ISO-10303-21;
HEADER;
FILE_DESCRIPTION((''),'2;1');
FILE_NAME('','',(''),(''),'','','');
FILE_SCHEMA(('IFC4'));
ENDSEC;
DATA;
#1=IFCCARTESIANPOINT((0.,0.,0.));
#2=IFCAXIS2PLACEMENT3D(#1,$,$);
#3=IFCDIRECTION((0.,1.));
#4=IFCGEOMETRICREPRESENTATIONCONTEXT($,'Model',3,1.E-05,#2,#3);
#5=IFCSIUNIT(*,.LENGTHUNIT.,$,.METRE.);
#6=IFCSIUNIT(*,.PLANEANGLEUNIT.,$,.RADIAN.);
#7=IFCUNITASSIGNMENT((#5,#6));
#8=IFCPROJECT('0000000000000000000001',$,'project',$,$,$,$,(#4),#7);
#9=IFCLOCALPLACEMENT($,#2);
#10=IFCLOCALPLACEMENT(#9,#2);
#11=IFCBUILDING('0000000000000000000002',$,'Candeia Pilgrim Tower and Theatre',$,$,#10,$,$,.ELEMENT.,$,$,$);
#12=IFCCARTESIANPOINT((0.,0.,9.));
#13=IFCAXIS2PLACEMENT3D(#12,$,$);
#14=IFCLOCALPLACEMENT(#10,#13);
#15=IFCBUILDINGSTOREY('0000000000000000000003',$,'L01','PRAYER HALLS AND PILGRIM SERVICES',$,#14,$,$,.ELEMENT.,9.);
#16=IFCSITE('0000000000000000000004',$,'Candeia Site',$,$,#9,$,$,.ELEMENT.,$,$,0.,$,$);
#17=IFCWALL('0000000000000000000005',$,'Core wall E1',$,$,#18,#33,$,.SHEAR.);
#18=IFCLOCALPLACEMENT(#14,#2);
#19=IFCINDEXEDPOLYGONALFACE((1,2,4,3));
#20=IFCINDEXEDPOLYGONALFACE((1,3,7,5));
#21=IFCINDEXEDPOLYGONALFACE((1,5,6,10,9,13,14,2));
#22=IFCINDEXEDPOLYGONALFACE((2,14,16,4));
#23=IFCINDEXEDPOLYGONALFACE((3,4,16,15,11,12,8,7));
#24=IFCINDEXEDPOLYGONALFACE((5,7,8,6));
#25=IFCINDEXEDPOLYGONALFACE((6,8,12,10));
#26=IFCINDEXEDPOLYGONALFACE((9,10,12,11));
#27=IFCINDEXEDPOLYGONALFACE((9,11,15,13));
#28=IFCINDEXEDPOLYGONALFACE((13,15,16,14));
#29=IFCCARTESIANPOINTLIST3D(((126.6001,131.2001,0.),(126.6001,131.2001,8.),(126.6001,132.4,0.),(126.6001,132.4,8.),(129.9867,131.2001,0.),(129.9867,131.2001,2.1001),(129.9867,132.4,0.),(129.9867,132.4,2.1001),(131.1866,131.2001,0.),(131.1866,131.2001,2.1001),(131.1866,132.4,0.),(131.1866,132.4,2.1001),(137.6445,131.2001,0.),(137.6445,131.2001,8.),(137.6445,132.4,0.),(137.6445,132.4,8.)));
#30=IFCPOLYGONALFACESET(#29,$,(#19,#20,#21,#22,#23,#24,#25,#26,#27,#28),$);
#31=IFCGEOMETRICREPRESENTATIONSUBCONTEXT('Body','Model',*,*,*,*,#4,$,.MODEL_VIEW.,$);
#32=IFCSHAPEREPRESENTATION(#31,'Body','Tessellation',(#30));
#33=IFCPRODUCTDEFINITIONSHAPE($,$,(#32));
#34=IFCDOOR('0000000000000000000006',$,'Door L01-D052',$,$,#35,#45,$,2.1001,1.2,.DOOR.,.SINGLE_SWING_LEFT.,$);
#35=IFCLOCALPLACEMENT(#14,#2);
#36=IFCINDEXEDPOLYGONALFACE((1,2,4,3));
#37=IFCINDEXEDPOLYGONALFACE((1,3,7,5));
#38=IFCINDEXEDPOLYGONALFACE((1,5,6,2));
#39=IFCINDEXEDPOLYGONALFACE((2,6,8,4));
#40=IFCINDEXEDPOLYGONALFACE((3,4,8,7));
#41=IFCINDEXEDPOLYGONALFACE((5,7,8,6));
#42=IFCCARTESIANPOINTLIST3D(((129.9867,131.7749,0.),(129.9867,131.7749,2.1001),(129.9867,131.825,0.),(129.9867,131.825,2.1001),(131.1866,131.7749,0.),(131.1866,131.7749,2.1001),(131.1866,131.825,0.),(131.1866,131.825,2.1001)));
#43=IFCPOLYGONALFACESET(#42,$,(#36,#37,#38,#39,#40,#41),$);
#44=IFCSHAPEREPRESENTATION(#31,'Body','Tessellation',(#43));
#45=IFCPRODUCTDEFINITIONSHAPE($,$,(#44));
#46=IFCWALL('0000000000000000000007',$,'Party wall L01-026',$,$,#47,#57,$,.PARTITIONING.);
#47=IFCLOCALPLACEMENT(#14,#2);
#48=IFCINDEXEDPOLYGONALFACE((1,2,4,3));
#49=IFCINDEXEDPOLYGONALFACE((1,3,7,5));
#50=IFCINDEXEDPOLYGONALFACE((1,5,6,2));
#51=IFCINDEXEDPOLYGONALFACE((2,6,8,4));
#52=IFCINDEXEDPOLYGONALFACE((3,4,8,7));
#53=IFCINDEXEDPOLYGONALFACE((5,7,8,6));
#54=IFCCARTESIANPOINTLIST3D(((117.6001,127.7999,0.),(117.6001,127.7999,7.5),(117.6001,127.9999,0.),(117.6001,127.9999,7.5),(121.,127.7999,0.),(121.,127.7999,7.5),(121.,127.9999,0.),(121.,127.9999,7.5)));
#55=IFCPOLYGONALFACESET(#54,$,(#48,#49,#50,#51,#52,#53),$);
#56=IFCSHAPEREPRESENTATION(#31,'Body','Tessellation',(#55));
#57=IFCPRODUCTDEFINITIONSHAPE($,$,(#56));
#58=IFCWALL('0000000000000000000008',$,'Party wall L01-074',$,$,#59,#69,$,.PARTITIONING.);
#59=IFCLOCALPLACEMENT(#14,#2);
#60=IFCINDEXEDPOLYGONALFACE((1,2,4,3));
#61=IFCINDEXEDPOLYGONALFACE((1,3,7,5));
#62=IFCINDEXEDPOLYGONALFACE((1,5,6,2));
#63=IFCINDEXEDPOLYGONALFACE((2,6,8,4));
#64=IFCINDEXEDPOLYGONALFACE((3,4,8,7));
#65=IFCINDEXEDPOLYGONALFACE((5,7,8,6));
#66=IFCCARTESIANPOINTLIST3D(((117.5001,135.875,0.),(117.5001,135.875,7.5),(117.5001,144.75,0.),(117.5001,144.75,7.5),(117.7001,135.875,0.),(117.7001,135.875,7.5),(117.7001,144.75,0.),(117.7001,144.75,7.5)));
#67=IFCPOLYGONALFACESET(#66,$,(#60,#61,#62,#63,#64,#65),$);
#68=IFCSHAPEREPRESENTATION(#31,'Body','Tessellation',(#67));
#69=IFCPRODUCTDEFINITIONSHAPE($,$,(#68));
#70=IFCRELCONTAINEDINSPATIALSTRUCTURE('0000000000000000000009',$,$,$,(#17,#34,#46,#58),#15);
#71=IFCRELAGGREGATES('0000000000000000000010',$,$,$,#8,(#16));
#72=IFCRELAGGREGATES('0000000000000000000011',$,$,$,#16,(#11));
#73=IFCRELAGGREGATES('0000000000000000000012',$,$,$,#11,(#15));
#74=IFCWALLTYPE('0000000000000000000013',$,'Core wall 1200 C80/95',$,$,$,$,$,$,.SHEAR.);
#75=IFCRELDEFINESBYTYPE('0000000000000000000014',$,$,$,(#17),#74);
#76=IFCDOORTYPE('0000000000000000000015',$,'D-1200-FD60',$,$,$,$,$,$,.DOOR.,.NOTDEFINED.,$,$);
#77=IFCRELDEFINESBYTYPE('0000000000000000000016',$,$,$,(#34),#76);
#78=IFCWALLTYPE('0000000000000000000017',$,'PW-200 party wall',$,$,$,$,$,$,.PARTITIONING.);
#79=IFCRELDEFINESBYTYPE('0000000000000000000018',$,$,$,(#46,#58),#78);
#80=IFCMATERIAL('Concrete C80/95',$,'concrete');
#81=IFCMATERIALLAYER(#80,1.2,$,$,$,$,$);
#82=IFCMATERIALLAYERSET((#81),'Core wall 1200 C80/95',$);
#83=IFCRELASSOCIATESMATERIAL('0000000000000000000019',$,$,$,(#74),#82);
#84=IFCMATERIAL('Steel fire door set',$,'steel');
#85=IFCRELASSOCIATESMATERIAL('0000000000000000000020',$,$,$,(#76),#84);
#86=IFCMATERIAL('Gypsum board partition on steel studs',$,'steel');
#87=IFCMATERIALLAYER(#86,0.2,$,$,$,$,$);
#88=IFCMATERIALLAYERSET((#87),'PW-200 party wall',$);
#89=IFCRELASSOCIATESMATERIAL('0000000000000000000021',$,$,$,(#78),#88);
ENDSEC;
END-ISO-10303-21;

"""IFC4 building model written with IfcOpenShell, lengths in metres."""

from ifc_helpers import new_model, si_unit, direction, frame, frame_2d, origin, place, context, subcontext, project, spatial, rectangle, extrude, material, layer, layer_set, type_object, element, fill, save


model = new_model("IFC4")

# Units and contexts
model_context = context("Model", 3, precision=1e-05, world=origin(), true_north=direction((0.0, 1.0)))
body_context = subcontext(model_context, "Body", "Model", "MODEL_VIEW")
ifc_project = project(units=[si_unit("LENGTHUNIT", "METRE"), si_unit("PLANEANGLEUNIT", "RADIAN")], contexts=[model_context])

# Site, building, storey
site_placement = place(None, origin())
site = spatial("IfcSite", under=ifc_project, at=site_placement, Name="Candeia Site", CompositionType="ELEMENT", RefElevation=0.0)
building_placement = place(site_placement, origin())
building = spatial("IfcBuilding", under=site, at=building_placement, Name="Candeia Pilgrim Tower and Theatre", CompositionType="ELEMENT")
storey_placement = place(building_placement, frame((0.0, 0.0, 9.0)))
storey = spatial("IfcBuildingStorey", under=building, at=storey_placement, Name="L01", Description="PRAYER HALLS AND PILGRIM SERVICES", CompositionType="ELEMENT", Elevation=9.0)

# Shared definitions
ifc_material_1 = material(Name="Concrete C80/95", Category="concrete")

# Wall, opening, door
ifc_layer_1 = layer(ifc_material_1, 1.2)
ifc_layer_set_1 = layer_set([ifc_layer_1], Name="Core wall 1200 C80/95")
wall_type_1 = type_object("IfcWallType", Name="Core wall 1200 C80/95", PredefinedType="SHEAR", material=ifc_layer_set_1)
wall_1_placement = place(storey_placement, frame((126.6001, 131.8, 0.0), z_axis=(0.0, 0.0, 1.0), x_axis=(1.0, 0.0, 0.0)))
wall_1 = element("IfcWall", 1, at=wall_1_placement, inside=storey, type_object=wall_type_1, Name="Core wall E1", PredefinedType="SHEAR", context=body_context, shape_type="SweptSolid", body=[
    extrude(rectangle(XDim=11.0444, YDim=1.2, at=frame_2d((5.5222, 0.0))), origin(), (0.0, 0.0, 1.0), 8.0),
])
opening_1_placement = place(wall_1_placement, frame((3.3865, 0.0, 0.0)))
opening_1 = element("IfcOpeningElement", 2, at=opening_1_placement, cuts=wall_1, PredefinedType="OPENING", context=body_context, shape_type="SweptSolid", body=[
    extrude(rectangle(XDim=1.2, YDim=2.1001, at=frame_2d((0.6001, 1.05))), frame((0.0, 0.6099, 0.0), z_axis=(0.0, -1.0, 0.0), x_axis=(1.0, 0.0, 0.0)), (0.0, 0.0, 1.0), 1.22),
])
ifc_material_2 = material(Name="Steel fire door set", Category="steel")
door_type_1 = type_object("IfcDoorType", Name="D-1200-FD60", OperationType="NOTDEFINED", PredefinedType="DOOR", material=ifc_material_2)
door_1_placement = place(opening_1_placement, origin())
door_1 = element("IfcDoor", 3, at=door_1_placement, inside=storey, type_object=door_type_1, Name="Door L01-D052", OperationType="SINGLE_SWING_LEFT", OverallHeight=2.1001, OverallWidth=1.2, PredefinedType="DOOR", context=body_context, shape_type="SweptSolid", body=[
    extrude(rectangle(XDim=1.2, YDim=2.1001, at=frame_2d((0.6001, 1.05))), frame((0.0, 0.0249, 0.0), z_axis=(0.0, -1.0, 0.0), x_axis=(1.0, 0.0, 0.0)), (0.0, 0.0, 1.0), 0.05),
])
fill(opening_1, door_1)

# Walls
ifc_material_3 = material(Name="Gypsum board partition on steel studs", Category="steel")
ifc_layer_2 = layer(ifc_material_3, 0.2)
ifc_layer_set_2 = layer_set([ifc_layer_2], Name="PW-200 party wall")
wall_type_2 = type_object("IfcWallType", Name="PW-200 party wall", PredefinedType="PARTITIONING", material=ifc_layer_set_2)
wall_2_placement = place(storey_placement, frame((117.6001, 127.8999, 0.0), z_axis=(0.0, 0.0, 1.0), x_axis=(1.0, 0.0, 0.0)))
element("IfcWall", 4, at=wall_2_placement, inside=storey, type_object=wall_type_2, Name="Party wall L01-026", PredefinedType="PARTITIONING", context=body_context, shape_type="SweptSolid", body=[
    extrude(rectangle(XDim=3.3999, YDim=0.2, at=frame_2d((1.7, 0.0))), origin(), (0.0, 0.0, 1.0), 7.5),
])
wall_3_placement = place(storey_placement, frame((117.6001, 135.875, 0.0), z_axis=(0.0, 0.0, 1.0), x_axis=(0.0, 1.0, 0.0)))
element("IfcWall", 5, at=wall_3_placement, inside=storey, type_object=wall_type_2, Name="Party wall L01-074", PredefinedType="PARTITIONING", context=body_context, shape_type="SweptSolid", body=[
    extrude(rectangle(XDim=8.875, YDim=0.2, at=frame_2d((4.4375, 0.0))), origin(), (0.0, 0.0, 1.0), 7.5),
])

save(model, "model.ifc")
